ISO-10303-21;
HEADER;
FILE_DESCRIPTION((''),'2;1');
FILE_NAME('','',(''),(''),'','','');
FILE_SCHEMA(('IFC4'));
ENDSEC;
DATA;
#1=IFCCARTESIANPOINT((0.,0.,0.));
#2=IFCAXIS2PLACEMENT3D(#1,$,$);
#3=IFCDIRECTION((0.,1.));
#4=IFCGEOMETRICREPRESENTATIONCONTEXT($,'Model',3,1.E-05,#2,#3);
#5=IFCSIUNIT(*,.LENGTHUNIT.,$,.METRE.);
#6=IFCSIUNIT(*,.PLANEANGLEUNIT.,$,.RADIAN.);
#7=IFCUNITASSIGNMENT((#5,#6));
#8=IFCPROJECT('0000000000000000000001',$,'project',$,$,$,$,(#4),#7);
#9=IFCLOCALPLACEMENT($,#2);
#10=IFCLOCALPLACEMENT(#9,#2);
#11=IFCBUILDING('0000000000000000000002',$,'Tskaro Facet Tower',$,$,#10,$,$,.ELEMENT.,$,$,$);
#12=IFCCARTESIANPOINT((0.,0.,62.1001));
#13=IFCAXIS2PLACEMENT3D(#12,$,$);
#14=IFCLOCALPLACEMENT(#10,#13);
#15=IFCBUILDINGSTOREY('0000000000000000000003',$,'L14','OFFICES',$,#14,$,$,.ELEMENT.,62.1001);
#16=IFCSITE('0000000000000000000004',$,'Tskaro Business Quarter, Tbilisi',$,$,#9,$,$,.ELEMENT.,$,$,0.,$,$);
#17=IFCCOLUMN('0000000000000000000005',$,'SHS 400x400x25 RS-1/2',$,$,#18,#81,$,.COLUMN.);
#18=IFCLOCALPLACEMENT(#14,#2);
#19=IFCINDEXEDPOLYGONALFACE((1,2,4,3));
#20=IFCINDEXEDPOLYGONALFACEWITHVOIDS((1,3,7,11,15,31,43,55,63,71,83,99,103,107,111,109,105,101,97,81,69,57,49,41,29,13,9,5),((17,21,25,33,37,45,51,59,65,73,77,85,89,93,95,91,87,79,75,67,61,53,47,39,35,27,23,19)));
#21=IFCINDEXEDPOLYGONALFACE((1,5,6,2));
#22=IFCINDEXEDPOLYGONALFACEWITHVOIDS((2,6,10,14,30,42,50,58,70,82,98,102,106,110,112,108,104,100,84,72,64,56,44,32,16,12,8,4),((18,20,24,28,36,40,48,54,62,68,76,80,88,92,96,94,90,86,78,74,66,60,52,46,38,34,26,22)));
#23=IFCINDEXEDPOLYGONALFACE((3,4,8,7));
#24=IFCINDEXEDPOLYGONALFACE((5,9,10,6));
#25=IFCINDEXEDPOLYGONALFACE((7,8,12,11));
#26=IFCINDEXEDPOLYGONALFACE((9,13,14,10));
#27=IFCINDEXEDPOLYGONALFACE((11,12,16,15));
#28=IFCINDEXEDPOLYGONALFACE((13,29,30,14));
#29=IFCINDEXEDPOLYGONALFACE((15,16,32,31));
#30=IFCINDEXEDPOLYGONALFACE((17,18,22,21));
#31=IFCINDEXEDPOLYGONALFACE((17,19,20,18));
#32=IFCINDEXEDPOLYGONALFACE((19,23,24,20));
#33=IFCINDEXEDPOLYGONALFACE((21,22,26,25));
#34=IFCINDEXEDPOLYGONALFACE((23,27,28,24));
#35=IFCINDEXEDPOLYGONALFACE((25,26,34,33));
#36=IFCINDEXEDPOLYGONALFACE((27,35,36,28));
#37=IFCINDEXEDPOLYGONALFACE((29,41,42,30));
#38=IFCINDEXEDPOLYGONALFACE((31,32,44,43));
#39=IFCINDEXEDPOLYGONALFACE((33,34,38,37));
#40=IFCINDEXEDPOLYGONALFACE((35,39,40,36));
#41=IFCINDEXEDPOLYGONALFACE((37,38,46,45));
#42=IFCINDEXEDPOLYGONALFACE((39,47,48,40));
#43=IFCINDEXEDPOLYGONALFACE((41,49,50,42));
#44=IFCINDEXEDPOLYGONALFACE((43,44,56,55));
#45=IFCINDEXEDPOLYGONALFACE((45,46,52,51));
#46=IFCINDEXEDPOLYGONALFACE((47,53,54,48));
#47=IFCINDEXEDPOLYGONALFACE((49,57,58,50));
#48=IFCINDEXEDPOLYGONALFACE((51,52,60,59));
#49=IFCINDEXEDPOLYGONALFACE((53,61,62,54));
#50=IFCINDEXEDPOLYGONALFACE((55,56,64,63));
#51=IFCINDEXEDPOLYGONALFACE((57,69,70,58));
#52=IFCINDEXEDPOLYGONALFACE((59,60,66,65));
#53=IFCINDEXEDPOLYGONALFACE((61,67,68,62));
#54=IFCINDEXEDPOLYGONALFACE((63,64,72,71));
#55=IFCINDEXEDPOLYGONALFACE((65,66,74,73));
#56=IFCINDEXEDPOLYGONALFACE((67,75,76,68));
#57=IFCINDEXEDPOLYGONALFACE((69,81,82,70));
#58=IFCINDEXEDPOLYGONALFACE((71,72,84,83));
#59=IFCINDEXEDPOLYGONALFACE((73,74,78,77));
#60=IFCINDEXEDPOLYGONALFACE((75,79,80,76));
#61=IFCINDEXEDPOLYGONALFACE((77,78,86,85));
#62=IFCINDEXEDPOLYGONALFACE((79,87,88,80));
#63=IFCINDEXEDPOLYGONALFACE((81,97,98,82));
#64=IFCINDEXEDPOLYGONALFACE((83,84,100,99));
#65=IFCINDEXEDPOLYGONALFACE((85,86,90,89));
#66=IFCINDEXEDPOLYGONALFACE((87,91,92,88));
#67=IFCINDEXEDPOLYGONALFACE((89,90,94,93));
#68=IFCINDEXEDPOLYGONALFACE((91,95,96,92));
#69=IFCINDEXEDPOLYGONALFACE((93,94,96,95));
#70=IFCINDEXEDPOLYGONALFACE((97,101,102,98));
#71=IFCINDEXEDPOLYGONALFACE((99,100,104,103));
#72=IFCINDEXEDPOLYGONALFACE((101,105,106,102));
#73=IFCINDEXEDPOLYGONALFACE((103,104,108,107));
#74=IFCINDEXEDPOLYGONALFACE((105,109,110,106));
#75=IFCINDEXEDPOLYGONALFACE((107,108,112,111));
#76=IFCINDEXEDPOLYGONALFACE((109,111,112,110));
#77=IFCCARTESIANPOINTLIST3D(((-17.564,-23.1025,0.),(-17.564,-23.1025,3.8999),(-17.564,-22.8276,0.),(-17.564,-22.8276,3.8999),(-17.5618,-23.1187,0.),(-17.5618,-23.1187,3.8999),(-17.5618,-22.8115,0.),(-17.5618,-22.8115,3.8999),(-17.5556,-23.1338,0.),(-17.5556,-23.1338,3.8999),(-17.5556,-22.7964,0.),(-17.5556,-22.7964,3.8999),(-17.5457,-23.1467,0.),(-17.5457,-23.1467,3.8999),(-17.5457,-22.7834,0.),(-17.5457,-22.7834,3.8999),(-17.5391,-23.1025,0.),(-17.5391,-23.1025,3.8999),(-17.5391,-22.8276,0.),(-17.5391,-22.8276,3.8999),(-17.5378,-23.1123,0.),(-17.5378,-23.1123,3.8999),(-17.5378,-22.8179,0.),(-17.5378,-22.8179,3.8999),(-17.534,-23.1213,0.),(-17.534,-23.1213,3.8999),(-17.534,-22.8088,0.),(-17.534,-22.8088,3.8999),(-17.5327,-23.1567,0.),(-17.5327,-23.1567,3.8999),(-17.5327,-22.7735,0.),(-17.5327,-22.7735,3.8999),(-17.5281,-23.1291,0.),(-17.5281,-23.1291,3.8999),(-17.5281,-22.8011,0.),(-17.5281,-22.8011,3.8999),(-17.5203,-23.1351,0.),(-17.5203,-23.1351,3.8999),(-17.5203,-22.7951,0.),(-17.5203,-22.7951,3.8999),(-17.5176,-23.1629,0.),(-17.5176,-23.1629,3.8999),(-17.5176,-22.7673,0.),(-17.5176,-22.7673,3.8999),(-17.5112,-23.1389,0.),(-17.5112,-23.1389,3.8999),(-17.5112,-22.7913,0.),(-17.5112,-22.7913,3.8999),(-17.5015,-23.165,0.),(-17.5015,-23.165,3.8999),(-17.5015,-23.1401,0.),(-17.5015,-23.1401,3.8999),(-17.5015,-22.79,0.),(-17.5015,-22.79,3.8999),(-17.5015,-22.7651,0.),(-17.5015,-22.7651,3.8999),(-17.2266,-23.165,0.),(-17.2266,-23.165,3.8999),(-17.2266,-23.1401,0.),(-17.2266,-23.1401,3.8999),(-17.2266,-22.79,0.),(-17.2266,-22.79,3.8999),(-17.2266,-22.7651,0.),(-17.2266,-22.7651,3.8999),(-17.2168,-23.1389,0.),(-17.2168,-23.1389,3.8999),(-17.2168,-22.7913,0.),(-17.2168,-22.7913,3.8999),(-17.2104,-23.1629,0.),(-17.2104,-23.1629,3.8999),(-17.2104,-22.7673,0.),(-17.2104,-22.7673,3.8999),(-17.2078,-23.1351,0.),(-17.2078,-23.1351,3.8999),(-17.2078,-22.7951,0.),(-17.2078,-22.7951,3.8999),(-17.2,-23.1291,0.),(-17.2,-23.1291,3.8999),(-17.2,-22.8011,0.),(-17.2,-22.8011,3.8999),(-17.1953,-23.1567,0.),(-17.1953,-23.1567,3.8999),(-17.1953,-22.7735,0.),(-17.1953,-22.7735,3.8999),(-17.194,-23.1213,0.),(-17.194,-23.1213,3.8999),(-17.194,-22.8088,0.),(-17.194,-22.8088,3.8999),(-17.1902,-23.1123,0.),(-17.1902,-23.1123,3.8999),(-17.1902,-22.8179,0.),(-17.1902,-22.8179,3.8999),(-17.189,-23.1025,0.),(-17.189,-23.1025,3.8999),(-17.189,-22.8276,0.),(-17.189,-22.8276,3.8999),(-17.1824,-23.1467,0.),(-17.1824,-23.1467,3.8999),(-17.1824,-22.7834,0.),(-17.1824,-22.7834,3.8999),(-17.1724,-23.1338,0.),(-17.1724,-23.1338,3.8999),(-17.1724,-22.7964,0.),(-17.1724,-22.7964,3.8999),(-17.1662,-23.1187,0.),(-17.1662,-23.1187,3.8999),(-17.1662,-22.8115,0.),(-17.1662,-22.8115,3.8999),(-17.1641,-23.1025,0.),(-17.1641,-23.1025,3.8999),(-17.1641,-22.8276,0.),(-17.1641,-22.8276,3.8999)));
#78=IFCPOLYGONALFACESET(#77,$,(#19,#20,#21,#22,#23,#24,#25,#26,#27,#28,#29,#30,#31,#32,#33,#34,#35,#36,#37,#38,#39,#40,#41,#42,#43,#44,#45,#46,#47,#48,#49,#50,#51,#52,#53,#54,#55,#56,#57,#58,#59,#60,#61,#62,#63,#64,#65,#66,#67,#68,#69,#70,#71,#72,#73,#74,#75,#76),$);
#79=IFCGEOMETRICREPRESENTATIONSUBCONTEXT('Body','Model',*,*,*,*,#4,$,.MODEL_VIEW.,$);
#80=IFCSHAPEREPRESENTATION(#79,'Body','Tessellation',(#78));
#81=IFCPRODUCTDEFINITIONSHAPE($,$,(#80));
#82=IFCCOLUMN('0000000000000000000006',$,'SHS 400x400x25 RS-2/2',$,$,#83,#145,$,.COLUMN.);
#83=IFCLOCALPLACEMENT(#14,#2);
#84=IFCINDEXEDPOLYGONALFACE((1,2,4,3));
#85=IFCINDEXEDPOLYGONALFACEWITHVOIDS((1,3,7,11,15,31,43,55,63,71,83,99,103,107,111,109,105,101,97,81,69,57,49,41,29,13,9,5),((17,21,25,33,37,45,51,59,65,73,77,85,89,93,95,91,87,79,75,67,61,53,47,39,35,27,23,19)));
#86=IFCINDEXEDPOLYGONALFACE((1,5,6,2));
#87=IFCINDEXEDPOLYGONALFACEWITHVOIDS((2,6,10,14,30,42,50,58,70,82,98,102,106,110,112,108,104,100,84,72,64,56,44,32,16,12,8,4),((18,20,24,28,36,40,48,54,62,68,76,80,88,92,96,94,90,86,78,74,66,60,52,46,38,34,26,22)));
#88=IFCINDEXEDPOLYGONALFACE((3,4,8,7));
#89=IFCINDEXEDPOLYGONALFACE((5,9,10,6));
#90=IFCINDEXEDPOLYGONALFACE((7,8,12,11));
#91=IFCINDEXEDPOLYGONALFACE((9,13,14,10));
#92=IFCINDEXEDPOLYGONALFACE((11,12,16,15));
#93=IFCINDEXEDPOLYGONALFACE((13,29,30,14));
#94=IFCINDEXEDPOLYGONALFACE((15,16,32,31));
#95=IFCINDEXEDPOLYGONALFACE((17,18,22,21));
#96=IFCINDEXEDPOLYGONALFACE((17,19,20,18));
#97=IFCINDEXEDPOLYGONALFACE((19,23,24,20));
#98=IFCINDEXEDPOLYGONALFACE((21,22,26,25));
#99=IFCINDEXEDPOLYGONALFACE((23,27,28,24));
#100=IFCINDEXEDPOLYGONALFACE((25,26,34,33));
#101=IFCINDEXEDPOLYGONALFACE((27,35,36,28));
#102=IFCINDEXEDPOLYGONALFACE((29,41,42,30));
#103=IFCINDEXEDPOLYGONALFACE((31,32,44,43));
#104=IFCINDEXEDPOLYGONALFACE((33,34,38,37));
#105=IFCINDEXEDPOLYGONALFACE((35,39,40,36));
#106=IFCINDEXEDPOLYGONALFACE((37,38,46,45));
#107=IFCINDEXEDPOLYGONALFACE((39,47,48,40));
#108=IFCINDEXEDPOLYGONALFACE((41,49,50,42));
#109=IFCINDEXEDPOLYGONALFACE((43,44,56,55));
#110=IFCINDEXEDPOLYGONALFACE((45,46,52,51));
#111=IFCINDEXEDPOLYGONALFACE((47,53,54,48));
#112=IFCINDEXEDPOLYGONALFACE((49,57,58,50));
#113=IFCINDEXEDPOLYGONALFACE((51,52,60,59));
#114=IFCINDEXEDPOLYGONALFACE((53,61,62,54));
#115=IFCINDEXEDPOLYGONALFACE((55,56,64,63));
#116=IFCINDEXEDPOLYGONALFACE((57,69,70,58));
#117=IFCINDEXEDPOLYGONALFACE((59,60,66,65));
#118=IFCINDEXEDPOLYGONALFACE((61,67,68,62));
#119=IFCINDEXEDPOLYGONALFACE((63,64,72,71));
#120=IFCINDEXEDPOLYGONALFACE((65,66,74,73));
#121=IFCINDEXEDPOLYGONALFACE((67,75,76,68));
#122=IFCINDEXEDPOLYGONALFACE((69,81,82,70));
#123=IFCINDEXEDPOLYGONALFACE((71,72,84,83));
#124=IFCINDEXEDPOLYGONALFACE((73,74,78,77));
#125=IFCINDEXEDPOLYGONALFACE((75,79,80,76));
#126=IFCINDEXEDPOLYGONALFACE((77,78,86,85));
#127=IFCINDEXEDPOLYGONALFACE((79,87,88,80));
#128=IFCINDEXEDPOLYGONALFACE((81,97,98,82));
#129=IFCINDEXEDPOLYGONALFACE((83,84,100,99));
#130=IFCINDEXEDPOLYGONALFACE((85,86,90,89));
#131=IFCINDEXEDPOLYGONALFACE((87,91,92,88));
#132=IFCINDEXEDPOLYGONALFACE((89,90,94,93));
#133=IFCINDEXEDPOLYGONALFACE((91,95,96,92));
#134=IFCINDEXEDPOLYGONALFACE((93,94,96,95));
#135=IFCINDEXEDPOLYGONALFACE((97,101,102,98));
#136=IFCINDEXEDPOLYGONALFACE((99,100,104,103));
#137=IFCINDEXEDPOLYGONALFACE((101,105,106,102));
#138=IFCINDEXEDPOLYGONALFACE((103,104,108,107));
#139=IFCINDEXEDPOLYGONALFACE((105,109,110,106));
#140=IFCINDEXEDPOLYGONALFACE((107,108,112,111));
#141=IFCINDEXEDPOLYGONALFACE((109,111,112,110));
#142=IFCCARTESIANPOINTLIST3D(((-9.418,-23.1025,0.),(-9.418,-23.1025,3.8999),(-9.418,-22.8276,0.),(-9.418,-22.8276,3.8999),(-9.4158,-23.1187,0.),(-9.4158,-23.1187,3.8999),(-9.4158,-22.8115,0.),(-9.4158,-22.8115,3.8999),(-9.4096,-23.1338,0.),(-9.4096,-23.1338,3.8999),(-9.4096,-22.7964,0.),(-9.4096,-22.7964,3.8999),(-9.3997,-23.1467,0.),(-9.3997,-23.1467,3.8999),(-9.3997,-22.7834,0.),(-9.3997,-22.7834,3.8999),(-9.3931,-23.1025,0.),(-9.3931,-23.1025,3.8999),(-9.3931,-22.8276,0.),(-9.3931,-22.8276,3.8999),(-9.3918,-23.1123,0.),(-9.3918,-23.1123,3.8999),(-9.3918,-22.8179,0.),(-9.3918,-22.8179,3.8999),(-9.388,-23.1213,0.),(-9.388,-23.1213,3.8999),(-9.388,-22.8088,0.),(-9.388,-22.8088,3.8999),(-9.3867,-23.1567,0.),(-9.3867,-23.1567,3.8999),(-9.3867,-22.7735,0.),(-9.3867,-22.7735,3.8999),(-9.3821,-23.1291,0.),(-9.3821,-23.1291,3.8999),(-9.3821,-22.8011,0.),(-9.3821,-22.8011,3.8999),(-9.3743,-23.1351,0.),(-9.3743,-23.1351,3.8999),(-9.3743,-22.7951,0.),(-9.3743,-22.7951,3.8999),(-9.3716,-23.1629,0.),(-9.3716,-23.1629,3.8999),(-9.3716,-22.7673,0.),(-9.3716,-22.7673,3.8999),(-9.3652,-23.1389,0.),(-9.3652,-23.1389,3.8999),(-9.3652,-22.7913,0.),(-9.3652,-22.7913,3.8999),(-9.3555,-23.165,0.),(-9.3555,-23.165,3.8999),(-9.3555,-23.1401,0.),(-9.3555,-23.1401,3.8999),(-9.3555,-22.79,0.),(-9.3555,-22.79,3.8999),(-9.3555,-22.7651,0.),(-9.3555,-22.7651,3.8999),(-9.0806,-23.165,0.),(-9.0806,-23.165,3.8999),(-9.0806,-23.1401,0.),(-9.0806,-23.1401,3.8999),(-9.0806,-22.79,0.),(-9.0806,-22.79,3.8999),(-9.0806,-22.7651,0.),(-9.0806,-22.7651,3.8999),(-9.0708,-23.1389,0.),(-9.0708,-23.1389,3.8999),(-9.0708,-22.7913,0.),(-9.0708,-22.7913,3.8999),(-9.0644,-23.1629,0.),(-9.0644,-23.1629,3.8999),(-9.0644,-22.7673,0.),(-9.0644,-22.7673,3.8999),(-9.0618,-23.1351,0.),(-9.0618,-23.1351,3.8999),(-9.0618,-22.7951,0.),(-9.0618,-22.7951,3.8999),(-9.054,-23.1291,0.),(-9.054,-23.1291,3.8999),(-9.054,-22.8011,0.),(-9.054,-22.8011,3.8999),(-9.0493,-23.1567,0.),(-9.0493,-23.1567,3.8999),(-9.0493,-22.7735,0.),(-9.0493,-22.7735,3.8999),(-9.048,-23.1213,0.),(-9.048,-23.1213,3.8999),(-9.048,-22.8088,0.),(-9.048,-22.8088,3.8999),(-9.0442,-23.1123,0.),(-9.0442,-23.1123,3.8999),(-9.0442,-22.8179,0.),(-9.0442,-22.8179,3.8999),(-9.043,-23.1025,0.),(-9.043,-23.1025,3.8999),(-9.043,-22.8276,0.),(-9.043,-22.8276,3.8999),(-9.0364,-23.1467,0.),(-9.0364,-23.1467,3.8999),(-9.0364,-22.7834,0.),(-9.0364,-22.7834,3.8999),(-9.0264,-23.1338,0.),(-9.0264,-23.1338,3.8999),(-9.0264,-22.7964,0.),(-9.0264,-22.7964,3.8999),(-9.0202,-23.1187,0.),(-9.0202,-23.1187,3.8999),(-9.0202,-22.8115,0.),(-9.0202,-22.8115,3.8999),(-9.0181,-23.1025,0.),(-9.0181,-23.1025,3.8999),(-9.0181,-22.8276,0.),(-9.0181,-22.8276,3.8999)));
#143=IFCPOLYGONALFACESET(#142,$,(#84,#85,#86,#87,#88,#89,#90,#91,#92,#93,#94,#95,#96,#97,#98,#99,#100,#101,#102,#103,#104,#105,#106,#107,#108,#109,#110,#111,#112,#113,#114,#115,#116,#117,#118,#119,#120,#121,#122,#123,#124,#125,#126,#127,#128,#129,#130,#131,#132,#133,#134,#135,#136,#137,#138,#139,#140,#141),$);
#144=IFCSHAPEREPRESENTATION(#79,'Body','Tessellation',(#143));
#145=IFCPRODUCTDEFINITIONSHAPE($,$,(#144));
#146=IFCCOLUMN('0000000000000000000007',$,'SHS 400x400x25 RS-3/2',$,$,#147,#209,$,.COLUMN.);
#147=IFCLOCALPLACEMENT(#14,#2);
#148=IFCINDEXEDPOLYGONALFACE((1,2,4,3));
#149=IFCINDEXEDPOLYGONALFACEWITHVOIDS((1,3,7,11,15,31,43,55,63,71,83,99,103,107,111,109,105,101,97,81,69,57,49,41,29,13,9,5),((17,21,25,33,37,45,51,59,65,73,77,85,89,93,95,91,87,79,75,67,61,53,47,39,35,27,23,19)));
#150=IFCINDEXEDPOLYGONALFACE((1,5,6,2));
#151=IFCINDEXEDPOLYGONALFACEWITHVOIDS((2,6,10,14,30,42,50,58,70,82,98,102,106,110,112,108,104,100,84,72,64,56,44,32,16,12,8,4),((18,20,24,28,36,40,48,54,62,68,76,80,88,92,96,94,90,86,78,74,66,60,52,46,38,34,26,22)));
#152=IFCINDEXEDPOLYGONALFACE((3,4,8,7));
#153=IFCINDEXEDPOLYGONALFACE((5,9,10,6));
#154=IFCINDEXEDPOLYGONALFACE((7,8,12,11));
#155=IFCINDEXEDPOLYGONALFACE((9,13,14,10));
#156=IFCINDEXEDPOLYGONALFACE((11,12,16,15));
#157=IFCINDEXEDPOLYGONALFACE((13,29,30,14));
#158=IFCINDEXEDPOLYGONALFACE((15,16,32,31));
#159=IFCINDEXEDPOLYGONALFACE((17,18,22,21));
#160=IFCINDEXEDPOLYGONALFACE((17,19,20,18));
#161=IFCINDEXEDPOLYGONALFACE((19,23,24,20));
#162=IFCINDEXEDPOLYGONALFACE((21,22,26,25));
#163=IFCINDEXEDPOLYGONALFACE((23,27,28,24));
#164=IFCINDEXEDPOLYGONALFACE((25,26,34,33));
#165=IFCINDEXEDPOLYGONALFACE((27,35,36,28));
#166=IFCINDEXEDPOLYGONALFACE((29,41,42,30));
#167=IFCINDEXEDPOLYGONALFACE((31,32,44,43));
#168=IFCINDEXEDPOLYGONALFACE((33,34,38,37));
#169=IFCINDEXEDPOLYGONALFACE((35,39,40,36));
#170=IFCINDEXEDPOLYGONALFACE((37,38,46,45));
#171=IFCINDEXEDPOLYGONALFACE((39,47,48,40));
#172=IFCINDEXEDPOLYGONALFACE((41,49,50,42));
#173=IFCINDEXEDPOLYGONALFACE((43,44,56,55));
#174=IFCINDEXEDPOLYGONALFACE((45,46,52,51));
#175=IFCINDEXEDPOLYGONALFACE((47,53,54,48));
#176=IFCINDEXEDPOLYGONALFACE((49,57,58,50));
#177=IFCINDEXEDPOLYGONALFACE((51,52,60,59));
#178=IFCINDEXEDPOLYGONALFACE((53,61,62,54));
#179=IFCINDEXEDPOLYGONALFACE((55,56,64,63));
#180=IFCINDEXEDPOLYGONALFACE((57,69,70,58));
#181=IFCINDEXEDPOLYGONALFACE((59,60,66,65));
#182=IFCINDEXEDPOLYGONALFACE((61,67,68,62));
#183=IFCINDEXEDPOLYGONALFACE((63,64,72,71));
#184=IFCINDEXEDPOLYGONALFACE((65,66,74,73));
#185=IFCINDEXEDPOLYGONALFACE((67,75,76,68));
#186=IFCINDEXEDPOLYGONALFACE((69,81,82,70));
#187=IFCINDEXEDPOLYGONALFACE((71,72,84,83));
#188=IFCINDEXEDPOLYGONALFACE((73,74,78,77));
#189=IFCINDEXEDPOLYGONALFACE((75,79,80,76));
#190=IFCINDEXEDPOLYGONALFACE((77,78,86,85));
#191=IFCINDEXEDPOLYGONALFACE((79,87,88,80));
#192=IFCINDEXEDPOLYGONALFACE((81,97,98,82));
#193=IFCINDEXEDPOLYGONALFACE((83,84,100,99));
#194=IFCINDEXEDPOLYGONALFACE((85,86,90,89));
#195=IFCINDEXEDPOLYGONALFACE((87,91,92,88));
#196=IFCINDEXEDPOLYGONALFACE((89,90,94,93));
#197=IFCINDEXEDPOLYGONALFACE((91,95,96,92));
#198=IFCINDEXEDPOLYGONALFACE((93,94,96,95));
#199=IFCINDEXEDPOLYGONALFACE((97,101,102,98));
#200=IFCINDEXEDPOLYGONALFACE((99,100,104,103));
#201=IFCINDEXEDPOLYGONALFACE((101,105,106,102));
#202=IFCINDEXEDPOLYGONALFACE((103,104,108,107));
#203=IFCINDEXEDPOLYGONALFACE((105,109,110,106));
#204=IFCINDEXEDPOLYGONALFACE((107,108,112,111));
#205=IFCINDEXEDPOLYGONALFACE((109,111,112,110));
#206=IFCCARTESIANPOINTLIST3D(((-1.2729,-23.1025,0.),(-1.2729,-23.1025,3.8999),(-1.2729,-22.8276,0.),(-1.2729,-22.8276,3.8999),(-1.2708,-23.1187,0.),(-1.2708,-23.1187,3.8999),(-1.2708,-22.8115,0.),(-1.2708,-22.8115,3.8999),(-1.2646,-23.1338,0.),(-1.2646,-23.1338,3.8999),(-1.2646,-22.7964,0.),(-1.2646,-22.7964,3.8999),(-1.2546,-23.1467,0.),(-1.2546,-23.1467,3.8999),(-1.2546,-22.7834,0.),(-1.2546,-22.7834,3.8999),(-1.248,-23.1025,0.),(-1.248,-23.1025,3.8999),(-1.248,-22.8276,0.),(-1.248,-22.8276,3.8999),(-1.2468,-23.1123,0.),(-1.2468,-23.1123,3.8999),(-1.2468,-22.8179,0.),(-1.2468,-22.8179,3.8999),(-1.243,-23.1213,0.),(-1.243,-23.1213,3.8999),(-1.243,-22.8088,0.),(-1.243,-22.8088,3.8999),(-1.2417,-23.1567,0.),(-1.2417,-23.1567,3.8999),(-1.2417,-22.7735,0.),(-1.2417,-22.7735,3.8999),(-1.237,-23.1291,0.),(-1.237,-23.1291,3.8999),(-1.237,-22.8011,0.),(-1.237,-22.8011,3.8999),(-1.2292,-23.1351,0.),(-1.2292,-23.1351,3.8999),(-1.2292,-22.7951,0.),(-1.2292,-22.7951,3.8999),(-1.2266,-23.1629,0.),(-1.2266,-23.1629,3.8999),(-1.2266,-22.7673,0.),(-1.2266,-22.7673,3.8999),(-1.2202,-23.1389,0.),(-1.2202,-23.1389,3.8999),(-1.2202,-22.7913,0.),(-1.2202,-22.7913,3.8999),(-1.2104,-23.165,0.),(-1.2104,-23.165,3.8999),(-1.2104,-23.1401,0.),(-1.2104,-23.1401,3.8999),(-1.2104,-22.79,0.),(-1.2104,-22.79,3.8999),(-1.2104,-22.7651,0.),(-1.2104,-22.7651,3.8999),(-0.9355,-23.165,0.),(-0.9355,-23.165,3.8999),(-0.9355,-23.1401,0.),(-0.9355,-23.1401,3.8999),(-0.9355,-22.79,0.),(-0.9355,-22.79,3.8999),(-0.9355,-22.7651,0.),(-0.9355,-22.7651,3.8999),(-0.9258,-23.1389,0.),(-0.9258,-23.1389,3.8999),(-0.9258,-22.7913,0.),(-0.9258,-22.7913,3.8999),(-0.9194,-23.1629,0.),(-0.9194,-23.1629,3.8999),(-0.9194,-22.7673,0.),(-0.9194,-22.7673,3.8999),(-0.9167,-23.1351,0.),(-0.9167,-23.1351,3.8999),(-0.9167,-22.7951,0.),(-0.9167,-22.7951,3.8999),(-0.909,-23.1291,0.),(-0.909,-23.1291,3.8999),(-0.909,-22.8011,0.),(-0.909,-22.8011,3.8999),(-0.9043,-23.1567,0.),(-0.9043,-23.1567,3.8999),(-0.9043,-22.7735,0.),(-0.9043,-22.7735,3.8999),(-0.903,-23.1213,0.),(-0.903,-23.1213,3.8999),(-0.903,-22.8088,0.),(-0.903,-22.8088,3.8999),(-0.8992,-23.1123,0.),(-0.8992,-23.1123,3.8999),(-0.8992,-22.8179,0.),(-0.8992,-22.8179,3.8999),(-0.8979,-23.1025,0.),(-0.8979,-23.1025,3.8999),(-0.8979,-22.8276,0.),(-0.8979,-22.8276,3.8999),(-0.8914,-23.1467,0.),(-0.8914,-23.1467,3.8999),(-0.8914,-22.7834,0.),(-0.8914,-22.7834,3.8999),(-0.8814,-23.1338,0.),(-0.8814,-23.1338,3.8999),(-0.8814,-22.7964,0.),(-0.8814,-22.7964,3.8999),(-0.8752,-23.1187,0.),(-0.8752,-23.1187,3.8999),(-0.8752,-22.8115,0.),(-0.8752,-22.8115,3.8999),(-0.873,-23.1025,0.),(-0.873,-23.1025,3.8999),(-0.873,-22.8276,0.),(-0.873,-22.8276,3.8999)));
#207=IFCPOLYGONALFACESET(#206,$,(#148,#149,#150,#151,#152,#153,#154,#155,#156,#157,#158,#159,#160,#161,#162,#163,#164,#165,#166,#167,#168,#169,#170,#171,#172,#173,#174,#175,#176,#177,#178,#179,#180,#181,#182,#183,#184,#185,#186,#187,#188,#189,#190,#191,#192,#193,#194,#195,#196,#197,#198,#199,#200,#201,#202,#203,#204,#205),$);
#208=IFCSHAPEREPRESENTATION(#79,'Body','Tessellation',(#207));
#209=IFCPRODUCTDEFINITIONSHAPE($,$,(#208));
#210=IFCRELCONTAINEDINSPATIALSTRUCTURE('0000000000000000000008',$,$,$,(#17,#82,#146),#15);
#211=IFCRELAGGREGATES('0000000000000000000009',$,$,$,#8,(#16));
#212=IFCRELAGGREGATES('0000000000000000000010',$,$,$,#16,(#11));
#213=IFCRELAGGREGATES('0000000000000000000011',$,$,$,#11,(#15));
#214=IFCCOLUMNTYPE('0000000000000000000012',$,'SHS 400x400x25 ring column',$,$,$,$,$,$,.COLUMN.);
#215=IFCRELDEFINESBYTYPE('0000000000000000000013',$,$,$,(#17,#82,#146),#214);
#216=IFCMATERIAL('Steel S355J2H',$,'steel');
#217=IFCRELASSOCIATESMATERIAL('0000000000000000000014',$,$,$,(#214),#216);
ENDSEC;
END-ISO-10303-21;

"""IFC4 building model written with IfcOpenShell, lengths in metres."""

from ifc_helpers import new_model, si_unit, direction, frame, origin, origin_2d, place, context, subcontext, project, spatial, hollow_rectangle, extrude, material, material_profile, profile_set, type_object, element, save


model = new_model("IFC4")

# Units and contexts
model_context = context("Model", 3, precision=1e-05, world=origin(), true_north=direction((0.0, 1.0)))
body_context = subcontext(model_context, "Body", "Model", "MODEL_VIEW")
ifc_project = project(units=[si_unit("LENGTHUNIT", "METRE"), si_unit("PLANEANGLEUNIT", "RADIAN")], contexts=[model_context])

# Site, building, storey
site_placement = place(None, origin())
site = spatial("IfcSite", under=ifc_project, at=site_placement, Name="Tskaro Business Quarter, Tbilisi", CompositionType="ELEMENT", RefElevation=0.0)
building_placement = place(site_placement, origin())
building = spatial("IfcBuilding", under=site, at=building_placement, Name="Tskaro Facet Tower", CompositionType="ELEMENT")
storey_placement = place(building_placement, frame((0.0, 0.0, 62.1001)))
storey = spatial("IfcBuildingStorey", under=building, at=storey_placement, Name="L14", Description="OFFICES", CompositionType="ELEMENT", Elevation=62.1001)

# Columns
ifc_material_1 = material(Name="Steel S355J2H", Category="steel")
ifc_material_profile_1 = material_profile(ifc_material_1, hollow_rectangle(XDim=0.3999, YDim=0.3999, WallThickness=0.0249, InnerFilletRadius=0.0376, OuterFilletRadius=0.0625, at=origin_2d()), Name="SHS 400x400x25")
ifc_profile_set_1 = profile_set([ifc_material_profile_1], Name="Steel S355J2H")
column_type_1 = type_object("IfcColumnType", Name="SHS 400x400x25 ring column", PredefinedType="COLUMN", material=ifc_profile_set_1)
for number, where, z_axis, x_axis, name in (
    (1, (-17.364, -22.9651, 0.0), (0.0, 0.0, 1.0), (1.0, 0.0, 0.0), "SHS 400x400x25 RS-1/2"),
    (2, (-9.218, -22.9651, 0.0), (0.0, 0.0, 1.0), (1.0, 0.0, 0.0), "SHS 400x400x25 RS-2/2"),
    (3, (-1.073, -22.9651, 0.0), (0.0, 0.0, 1.0), (1.0, 0.0, 0.0), "SHS 400x400x25 RS-3/2"),
):
    element("IfcColumn", number, at=place(storey_placement, frame(where, z_axis=z_axis, x_axis=x_axis)), inside=storey, type_object=column_type_1, Name=name, PredefinedType="COLUMN", context=body_context, shape_type="SweptSolid", body=[
        extrude(hollow_rectangle(XDim=0.3999, YDim=0.3999, WallThickness=0.0249, InnerFilletRadius=0.0376, OuterFilletRadius=0.0625, at=origin_2d()), origin(), (0.0, 0.0, 1.0), 3.8999),
    ])

save(model, "model.ifc")
